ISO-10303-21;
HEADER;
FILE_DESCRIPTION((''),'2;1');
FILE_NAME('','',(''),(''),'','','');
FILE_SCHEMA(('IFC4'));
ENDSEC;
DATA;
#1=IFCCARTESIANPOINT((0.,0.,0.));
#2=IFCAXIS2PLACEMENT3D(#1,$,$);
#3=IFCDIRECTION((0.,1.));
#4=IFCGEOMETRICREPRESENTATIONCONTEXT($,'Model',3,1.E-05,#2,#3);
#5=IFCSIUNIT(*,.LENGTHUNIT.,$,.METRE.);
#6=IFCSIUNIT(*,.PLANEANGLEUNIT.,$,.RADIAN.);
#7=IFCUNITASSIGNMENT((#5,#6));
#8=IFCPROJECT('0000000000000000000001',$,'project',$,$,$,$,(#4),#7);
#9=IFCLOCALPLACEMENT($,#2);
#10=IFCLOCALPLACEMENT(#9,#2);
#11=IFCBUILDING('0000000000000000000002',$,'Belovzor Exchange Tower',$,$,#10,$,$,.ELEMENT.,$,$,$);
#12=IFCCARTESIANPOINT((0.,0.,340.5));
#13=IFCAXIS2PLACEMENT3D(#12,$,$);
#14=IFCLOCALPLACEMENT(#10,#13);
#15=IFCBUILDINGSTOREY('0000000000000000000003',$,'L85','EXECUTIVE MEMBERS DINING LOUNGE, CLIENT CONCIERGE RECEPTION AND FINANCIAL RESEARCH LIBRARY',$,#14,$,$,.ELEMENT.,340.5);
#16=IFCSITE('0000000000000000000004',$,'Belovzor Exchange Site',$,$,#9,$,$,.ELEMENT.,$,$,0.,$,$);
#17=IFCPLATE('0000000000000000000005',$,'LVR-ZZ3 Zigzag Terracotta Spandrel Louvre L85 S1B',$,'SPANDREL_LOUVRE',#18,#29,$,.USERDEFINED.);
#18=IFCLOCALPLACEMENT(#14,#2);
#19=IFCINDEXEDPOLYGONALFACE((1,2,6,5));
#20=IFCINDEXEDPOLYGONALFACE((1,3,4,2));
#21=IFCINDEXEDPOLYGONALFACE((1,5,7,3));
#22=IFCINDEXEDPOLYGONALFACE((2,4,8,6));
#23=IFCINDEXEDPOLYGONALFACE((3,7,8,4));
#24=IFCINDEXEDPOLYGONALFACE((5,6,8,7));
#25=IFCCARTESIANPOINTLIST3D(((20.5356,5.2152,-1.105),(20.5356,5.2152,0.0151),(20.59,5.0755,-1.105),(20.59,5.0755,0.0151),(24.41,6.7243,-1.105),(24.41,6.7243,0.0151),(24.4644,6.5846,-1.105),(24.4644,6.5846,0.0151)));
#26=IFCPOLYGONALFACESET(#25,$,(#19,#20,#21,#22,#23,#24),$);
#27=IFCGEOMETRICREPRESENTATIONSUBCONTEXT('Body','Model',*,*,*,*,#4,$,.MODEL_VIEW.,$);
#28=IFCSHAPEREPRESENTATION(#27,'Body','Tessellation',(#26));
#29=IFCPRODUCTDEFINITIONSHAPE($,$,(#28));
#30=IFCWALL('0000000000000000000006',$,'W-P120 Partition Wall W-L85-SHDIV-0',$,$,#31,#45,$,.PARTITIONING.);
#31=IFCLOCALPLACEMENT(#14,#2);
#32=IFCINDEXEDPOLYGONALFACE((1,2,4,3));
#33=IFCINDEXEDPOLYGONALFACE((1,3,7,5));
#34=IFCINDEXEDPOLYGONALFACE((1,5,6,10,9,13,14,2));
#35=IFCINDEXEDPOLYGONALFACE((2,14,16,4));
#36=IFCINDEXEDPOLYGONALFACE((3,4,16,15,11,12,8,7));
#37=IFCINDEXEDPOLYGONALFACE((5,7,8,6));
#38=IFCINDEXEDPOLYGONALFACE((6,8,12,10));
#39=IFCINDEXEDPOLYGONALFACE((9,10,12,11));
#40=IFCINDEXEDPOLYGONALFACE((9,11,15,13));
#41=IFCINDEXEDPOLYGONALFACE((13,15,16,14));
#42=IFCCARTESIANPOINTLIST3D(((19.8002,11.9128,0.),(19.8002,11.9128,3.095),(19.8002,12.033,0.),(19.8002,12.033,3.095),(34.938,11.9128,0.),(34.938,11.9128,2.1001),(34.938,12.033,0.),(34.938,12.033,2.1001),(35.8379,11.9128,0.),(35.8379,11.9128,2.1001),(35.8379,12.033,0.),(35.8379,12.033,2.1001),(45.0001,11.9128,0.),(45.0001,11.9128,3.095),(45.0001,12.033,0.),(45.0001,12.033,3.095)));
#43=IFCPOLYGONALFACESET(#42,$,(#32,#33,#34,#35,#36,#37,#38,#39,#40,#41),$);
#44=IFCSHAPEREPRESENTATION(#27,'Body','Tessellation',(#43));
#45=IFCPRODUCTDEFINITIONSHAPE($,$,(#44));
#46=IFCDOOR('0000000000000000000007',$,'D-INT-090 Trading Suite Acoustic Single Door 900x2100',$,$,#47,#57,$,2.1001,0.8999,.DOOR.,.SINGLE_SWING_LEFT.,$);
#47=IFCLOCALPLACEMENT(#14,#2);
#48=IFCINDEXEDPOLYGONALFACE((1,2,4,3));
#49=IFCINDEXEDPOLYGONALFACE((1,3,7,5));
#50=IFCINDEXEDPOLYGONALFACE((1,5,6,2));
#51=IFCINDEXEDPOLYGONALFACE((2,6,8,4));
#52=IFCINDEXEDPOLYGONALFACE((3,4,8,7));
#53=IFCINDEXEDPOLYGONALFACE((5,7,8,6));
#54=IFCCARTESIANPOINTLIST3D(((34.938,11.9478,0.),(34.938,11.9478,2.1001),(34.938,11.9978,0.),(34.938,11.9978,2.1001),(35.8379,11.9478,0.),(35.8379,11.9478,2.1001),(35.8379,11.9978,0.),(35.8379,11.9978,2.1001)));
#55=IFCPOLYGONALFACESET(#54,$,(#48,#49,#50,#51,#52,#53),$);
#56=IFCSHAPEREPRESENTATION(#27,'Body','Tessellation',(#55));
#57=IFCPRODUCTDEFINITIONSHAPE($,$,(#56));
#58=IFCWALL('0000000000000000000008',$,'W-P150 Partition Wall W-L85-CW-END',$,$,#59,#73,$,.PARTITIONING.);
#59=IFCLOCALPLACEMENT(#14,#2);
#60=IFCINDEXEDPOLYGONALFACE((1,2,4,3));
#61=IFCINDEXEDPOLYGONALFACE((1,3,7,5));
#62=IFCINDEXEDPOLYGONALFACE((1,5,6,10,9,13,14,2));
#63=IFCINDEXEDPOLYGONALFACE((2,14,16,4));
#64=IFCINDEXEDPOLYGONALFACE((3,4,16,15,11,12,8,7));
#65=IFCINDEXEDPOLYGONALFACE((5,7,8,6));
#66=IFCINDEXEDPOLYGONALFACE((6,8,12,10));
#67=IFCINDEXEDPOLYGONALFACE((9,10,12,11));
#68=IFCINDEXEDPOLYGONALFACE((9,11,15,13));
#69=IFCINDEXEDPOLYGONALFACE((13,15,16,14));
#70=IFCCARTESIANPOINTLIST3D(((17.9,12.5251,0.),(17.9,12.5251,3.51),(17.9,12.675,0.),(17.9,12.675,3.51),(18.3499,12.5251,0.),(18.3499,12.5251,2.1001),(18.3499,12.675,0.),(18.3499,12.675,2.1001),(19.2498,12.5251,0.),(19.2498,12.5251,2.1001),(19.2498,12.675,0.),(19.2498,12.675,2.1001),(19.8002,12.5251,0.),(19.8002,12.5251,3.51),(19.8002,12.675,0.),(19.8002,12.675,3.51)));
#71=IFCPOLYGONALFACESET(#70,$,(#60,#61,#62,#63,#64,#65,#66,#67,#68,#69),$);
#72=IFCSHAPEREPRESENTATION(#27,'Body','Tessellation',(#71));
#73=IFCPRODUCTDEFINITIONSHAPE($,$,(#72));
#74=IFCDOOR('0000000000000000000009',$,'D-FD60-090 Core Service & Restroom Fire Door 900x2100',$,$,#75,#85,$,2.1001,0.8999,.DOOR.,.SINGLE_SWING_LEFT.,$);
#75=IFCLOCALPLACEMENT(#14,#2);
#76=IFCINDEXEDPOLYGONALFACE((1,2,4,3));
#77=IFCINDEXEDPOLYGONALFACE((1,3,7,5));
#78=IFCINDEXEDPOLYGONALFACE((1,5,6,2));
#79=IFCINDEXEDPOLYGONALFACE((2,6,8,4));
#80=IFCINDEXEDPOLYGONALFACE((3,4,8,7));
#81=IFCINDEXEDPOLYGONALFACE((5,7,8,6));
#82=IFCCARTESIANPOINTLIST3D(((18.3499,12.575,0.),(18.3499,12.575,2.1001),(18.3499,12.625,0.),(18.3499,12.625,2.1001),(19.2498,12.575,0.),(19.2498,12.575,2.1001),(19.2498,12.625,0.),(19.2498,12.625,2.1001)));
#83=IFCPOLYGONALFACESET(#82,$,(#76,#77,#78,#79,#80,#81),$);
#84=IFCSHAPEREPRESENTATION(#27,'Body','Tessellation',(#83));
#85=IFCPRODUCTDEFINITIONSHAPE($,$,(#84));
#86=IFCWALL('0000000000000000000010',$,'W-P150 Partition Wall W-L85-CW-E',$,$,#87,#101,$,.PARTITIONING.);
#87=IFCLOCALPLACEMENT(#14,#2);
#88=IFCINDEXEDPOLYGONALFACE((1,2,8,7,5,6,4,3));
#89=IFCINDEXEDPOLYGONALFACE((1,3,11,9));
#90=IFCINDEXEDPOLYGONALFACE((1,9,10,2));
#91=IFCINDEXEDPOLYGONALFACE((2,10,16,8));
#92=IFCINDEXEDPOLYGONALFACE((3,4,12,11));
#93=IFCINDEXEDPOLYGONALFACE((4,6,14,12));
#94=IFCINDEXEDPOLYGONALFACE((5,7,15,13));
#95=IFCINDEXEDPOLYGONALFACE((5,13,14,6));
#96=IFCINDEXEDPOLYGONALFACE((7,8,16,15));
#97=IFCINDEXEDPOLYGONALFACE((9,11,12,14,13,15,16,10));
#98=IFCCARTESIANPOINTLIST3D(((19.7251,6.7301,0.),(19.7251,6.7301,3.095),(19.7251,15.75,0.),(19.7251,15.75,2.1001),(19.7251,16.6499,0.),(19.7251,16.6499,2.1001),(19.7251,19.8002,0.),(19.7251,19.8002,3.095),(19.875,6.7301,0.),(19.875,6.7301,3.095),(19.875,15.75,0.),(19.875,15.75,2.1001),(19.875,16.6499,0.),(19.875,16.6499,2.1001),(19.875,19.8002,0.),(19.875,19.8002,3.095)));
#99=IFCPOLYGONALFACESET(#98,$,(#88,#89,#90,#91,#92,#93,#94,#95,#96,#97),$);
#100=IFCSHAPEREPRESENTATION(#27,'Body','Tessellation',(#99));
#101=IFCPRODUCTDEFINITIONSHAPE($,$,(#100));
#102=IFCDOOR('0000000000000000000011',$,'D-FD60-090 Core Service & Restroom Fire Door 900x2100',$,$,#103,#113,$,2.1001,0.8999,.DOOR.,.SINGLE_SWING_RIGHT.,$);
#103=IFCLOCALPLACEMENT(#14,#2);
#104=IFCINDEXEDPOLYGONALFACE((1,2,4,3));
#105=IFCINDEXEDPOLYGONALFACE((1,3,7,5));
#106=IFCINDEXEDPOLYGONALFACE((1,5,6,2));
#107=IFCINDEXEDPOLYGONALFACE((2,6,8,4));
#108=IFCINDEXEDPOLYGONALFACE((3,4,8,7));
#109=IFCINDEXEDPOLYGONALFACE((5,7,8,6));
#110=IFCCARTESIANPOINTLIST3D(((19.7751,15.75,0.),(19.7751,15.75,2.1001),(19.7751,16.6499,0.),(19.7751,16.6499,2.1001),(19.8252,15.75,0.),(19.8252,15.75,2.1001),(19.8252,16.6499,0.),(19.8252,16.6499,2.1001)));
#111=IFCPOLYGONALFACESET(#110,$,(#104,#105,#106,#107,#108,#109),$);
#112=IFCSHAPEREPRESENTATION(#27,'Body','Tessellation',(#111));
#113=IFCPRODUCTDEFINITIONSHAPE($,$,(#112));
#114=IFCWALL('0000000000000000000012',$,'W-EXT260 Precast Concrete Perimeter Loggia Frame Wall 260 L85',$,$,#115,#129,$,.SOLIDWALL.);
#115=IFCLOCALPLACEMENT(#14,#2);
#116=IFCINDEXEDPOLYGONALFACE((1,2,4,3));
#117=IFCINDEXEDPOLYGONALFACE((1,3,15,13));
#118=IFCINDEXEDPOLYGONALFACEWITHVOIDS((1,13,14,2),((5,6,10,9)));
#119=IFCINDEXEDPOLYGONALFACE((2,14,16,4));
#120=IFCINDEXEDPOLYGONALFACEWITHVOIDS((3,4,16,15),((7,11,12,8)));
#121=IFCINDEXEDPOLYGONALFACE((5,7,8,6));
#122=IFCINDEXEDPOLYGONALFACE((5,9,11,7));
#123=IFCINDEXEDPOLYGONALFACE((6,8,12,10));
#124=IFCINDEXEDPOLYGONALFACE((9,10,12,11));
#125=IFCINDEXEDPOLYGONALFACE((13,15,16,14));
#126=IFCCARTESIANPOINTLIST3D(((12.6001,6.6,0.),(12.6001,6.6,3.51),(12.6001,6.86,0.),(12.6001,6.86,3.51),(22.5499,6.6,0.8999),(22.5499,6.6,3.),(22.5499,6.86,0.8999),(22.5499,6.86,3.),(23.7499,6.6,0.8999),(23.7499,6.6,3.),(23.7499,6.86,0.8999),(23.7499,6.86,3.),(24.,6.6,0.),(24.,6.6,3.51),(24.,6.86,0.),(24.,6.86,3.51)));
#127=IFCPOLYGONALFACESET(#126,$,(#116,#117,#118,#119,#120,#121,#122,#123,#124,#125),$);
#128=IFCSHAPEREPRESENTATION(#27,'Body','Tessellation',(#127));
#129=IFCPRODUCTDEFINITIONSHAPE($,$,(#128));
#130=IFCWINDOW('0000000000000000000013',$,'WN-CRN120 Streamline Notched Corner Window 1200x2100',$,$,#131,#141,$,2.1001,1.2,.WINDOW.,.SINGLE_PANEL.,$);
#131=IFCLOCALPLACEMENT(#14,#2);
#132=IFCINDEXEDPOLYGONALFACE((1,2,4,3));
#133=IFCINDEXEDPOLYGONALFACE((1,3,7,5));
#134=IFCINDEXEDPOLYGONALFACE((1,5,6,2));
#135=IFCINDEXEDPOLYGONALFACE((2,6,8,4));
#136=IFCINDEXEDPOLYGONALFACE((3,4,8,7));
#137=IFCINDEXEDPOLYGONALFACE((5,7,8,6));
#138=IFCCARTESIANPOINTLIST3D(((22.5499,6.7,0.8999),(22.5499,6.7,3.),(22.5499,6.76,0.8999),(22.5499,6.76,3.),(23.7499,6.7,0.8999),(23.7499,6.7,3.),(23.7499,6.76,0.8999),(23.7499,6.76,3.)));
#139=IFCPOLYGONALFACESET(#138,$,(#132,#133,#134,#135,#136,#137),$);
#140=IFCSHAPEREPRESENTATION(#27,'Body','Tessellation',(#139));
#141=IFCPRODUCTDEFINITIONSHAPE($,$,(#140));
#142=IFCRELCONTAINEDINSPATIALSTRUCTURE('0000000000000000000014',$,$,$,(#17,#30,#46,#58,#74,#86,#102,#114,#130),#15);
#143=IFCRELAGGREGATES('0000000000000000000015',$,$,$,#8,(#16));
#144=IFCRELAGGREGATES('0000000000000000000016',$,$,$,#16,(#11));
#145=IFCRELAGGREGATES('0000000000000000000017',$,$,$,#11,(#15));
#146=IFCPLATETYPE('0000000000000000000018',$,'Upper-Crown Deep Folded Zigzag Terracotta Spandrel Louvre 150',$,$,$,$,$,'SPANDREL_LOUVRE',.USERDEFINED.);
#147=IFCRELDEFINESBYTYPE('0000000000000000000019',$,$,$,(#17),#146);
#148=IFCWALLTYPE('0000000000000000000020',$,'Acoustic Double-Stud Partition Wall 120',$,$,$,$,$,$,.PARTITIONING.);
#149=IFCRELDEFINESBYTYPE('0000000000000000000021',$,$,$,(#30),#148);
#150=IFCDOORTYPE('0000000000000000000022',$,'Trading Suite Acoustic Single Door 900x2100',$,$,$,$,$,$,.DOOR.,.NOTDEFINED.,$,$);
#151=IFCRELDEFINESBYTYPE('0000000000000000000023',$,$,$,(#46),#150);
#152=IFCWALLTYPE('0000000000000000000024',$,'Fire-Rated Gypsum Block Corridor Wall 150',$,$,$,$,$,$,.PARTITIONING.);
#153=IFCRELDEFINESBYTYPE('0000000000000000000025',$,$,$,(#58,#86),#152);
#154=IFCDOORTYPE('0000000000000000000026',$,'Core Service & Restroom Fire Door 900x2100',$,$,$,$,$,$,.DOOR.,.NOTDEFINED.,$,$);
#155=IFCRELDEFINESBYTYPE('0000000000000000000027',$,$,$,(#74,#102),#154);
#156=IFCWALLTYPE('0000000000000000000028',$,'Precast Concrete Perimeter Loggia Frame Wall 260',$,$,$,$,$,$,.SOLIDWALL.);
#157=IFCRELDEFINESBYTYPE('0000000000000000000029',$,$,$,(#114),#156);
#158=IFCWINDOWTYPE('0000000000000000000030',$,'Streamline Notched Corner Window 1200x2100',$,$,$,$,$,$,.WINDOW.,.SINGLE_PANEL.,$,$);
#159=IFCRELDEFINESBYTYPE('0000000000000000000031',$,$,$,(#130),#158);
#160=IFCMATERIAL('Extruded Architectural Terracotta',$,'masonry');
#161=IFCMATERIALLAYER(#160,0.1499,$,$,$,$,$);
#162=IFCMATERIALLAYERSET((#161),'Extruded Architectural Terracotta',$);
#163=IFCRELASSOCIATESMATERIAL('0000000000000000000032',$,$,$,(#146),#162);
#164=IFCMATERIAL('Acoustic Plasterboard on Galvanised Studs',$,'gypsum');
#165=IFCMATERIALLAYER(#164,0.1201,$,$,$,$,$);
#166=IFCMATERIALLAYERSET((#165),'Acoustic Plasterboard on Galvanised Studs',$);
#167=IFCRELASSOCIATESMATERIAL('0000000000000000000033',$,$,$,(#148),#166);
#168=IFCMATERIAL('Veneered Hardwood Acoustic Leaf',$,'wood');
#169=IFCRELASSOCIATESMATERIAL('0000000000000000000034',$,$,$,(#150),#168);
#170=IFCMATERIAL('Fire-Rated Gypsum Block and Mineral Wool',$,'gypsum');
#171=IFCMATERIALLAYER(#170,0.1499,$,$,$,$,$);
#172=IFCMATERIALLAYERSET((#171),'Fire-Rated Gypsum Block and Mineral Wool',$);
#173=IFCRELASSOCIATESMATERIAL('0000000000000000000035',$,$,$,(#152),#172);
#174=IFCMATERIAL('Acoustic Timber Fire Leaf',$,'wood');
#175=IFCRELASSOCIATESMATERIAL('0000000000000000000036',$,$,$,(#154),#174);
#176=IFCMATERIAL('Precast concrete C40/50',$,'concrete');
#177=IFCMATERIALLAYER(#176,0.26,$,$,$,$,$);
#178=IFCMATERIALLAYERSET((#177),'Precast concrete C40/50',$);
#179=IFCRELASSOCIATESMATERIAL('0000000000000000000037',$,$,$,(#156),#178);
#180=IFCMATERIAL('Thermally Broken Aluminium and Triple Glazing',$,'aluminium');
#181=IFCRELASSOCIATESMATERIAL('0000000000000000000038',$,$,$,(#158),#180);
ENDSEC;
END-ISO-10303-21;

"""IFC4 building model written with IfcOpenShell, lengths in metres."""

from ifc_helpers import new_model, si_unit, direction, frame, frame_2d, origin, origin_2d, place, context, subcontext, project, spatial, rectangle, extrude, material, layer, layer_set, type_object, element, fill, save


model = new_model("IFC4")

# Units and contexts
model_context = context("Model", 3, precision=1e-05, world=origin(), true_north=direction((0.0, 1.0)))
body_context = subcontext(model_context, "Body", "Model", "MODEL_VIEW")
ifc_project = project(units=[si_unit("LENGTHUNIT", "METRE"), si_unit("PLANEANGLEUNIT", "RADIAN")], contexts=[model_context])

# Site, building, storey
site_placement = place(None, origin())
site = spatial("IfcSite", under=ifc_project, at=site_placement, Name="Belovzor Exchange Site", CompositionType="ELEMENT", RefElevation=0.0)
building_placement = place(site_placement, origin())
building = spatial("IfcBuilding", under=site, at=building_placement, Name="Belovzor Exchange Tower", CompositionType="ELEMENT")
storey_placement = place(building_placement, frame((0.0, 0.0, 340.5)))
storey = spatial("IfcBuildingStorey", under=building, at=storey_placement, Name="L85", Description="EXECUTIVE MEMBERS DINING LOUNGE, CLIENT CONCIERGE RECEPTION AND FINANCIAL RESEARCH LIBRARY", CompositionType="ELEMENT", Elevation=340.5)

# Plate
ifc_material_1 = material(Name="Extruded Architectural Terracotta", Category="masonry")
ifc_layer_1 = layer(ifc_material_1, 0.1499)
ifc_layer_set_1 = layer_set([ifc_layer_1], Name="Extruded Architectural Terracotta")
plate_type_1 = type_object("IfcPlateType", Name="Upper-Crown Deep Folded Zigzag Terracotta Spandrel Louvre 150", ElementType="SPANDREL_LOUVRE", PredefinedType="USERDEFINED", material=ifc_layer_set_1)
for number, where, z_axis, x_axis, name in (
    (1, (22.5, 5.8999, -1.105), (0.0, 0.0, 1.0), (0.931818, 0.362926, 0.0), "LVR-ZZ3 Zigzag Terracotta Spandrel Louvre L85 S1B"),
):
    element("IfcPlate", number, at=place(storey_placement, frame(where, z_axis=z_axis, x_axis=x_axis)), inside=storey, type_object=plate_type_1, Name=name, ObjectType="SPANDREL_LOUVRE", PredefinedType="USERDEFINED", context=body_context, shape_type="SweptSolid", body=[
        extrude(rectangle(XDim=4.158, YDim=0.1499, at=origin_2d()), origin(), (0.0, 0.0, 1.0), 1.1201),
    ])

# Walls, openings, doors
ifc_material_2 = material(Name="Acoustic Plasterboard on Galvanised Studs", Category="gypsum")
ifc_layer_2 = layer(ifc_material_2, 0.1201)
ifc_layer_set_2 = layer_set([ifc_layer_2], Name="Acoustic Plasterboard on Galvanised Studs")
wall_type_1 = type_object("IfcWallType", Name="Acoustic Double-Stud Partition Wall 120", PredefinedType="PARTITIONING", material=ifc_layer_set_2)
wall_1_placement = place(storey_placement, frame((19.8, 11.9729, 0.0), z_axis=(0.0, 0.0, 1.0), x_axis=(1.0, 0.0, 0.0)))
wall_1 = element("IfcWall", 2, at=wall_1_placement, inside=storey, type_object=wall_type_1, Name="W-P120 Partition Wall W-L85-SHDIV-0", PredefinedType="PARTITIONING", context=body_context, shape_type="SweptSolid", body=[
    extrude(rectangle(XDim=25.2, YDim=0.1201, at=frame_2d((12.6001, 0.0))), origin(), (0.0, 0.0, 1.0), 3.095),
])
opening_1_placement = place(wall_1_placement, frame((15.1379, 0.0, 0.0)))
opening_1 = element("IfcOpeningElement", 3, at=opening_1_placement, cuts=wall_1, PredefinedType="OPENING", context=body_context, shape_type="SweptSolid", body=[
    extrude(rectangle(XDim=0.8999, YDim=2.1001, at=frame_2d((0.45, 1.05))), frame((0.0, 0.0701, 0.0), z_axis=(0.0, -1.0, 0.0), x_axis=(1.0, 0.0, 0.0)), (0.0, 0.0, 1.0), 0.1401),
])
ifc_material_3 = material(Name="Veneered Hardwood Acoustic Leaf", Category="wood")
door_type_1 = type_object("IfcDoorType", Name="Trading Suite Acoustic Single Door 900x2100", OperationType="NOTDEFINED", PredefinedType="DOOR", material=ifc_material_3)
door_1_placement = place(opening_1_placement, origin())
door_1 = element("IfcDoor", 4, at=door_1_placement, inside=storey, type_object=door_type_1, Name="D-INT-090 Trading Suite Acoustic Single Door 900x2100", OperationType="SINGLE_SWING_LEFT", OverallHeight=2.1001, OverallWidth=0.8999, PredefinedType="DOOR", context=body_context, shape_type="SweptSolid", body=[
    extrude(rectangle(XDim=0.8999, YDim=2.1001, at=frame_2d((0.45, 1.05))), frame((0.0, 0.0249, 0.0), z_axis=(0.0, -1.0, 0.0), x_axis=(1.0, 0.0, 0.0)), (0.0, 0.0, 1.0), 0.05),
])
fill(opening_1, door_1)
ifc_material_4 = material(Name="Fire-Rated Gypsum Block and Mineral Wool", Category="gypsum")
ifc_layer_3 = layer(ifc_material_4, 0.1499)
ifc_layer_set_3 = layer_set([ifc_layer_3], Name="Fire-Rated Gypsum Block and Mineral Wool")
wall_type_2 = type_object("IfcWallType", Name="Fire-Rated Gypsum Block Corridor Wall 150", PredefinedType="PARTITIONING", material=ifc_layer_set_3)
wall_2_placement = place(storey_placement, frame((17.8999, 12.6001, 0.0), z_axis=(0.0, 0.0, 1.0), x_axis=(1.0, 0.0, 0.0)))
wall_2 = element("IfcWall", 5, at=wall_2_placement, inside=storey, type_object=wall_type_2, Name="W-P150 Partition Wall W-L85-CW-END", PredefinedType="PARTITIONING", context=body_context, shape_type="SweptSolid", body=[
    extrude(rectangle(XDim=1.9001, YDim=0.1499, at=frame_2d((0.9502, 0.0))), origin(), (0.0, 0.0, 1.0), 3.51),
])
opening_2_placement = place(wall_2_placement, frame((0.45, 0.0, 0.0)))
opening_2 = element("IfcOpeningElement", 6, at=opening_2_placement, cuts=wall_2, PredefinedType="OPENING", context=body_context, shape_type="SweptSolid", body=[
    extrude(rectangle(XDim=0.8999, YDim=2.1001, at=frame_2d((0.45, 1.05))), frame((0.0, 0.085, 0.0), z_axis=(0.0, -1.0, 0.0), x_axis=(1.0, 0.0, 0.0)), (0.0, 0.0, 1.0), 0.1699),
])
ifc_material_5 = material(Name="Acoustic Timber Fire Leaf", Category="wood")
door_type_2 = type_object("IfcDoorType", Name="Core Service & Restroom Fire Door 900x2100", OperationType="NOTDEFINED", PredefinedType="DOOR", material=ifc_material_5)
door_2_placement = place(opening_2_placement, origin())
door_2 = element("IfcDoor", 7, at=door_2_placement, inside=storey, type_object=door_type_2, Name="D-FD60-090 Core Service & Restroom Fire Door 900x2100", OperationType="SINGLE_SWING_LEFT", OverallHeight=2.1001, OverallWidth=0.8999, PredefinedType="DOOR", context=body_context, shape_type="SweptSolid", body=[
    extrude(rectangle(XDim=0.8999, YDim=2.1001, at=frame_2d((0.45, 1.05))), frame((0.0, 0.0249, 0.0), z_axis=(0.0, -1.0, 0.0), x_axis=(1.0, 0.0, 0.0)), (0.0, 0.0, 1.0), 0.05),
])
fill(opening_2, door_2)
wall_3_placement = place(storey_placement, frame((19.8, 6.73, 0.0), z_axis=(0.0, 0.0, 1.0), x_axis=(0.0, 1.0, 0.0)))
wall_3 = element("IfcWall", 8, at=wall_3_placement, inside=storey, type_object=wall_type_2, Name="W-P150 Partition Wall W-L85-CW-E", PredefinedType="PARTITIONING", context=body_context, shape_type="SweptSolid", body=[
    extrude(rectangle(XDim=13.0701, YDim=0.1499, at=frame_2d((6.5352, 0.0))), origin(), (0.0, 0.0, 1.0), 3.095),
])
opening_3_placement = place(wall_3_placement, frame((9.02, 0.0, 0.0)))
opening_3 = element("IfcOpeningElement", 9, at=opening_3_placement, cuts=wall_3, PredefinedType="OPENING", context=body_context, shape_type="SweptSolid", body=[
    extrude(rectangle(XDim=0.8999, YDim=2.1001, at=frame_2d((0.45, 1.05))), frame((0.0, 0.085, 0.0), z_axis=(0.0, -1.0, 0.0), x_axis=(1.0, 0.0, 0.0)), (0.0, 0.0, 1.0), 0.1699),
])
door_3_placement = place(opening_3_placement, origin())
door_3 = element("IfcDoor", 10, at=door_3_placement, inside=storey, type_object=door_type_2, Name="D-FD60-090 Core Service & Restroom Fire Door 900x2100", OperationType="SINGLE_SWING_RIGHT", OverallHeight=2.1001, OverallWidth=0.8999, PredefinedType="DOOR", context=body_context, shape_type="SweptSolid", body=[
    extrude(rectangle(XDim=0.8999, YDim=2.1001, at=frame_2d((0.45, 1.05))), frame((0.0, 0.0249, 0.0), z_axis=(0.0, -1.0, 0.0), x_axis=(1.0, 0.0, 0.0)), (0.0, 0.0, 1.0), 0.05),
])
fill(opening_3, door_3)

# Wall, opening, window
ifc_material_6 = material(Name="Precast concrete C40/50", Category="concrete")
ifc_layer_4 = layer(ifc_material_6, 0.26)
ifc_layer_set_4 = layer_set([ifc_layer_4], Name="Precast concrete C40/50")
wall_type_3 = type_object("IfcWallType", Name="Precast Concrete Perimeter Loggia Frame Wall 260", PredefinedType="SOLIDWALL", material=ifc_layer_set_4)
wall_4_placement = place(storey_placement, frame((24.0, 6.73, 0.0), z_axis=(0.0, 0.0, 1.0), x_axis=(-1.0, 0.0, 0.0)))
wall_4 = element("IfcWall", 11, at=wall_4_placement, inside=storey, type_object=wall_type_3, Name="W-EXT260 Precast Concrete Perimeter Loggia Frame Wall 260 L85", PredefinedType="SOLIDWALL", context=body_context, shape_type="SweptSolid", body=[
    extrude(rectangle(XDim=11.3999, YDim=0.26, at=frame_2d((5.7, 0.0))), origin(), (0.0, 0.0, 1.0), 3.51),
])
opening_4_placement = place(wall_4_placement, frame((0.25, 0.0, 0.8999)))
opening_4 = element("IfcOpeningElement", 12, at=opening_4_placement, cuts=wall_4, PredefinedType="OPENING", context=body_context, shape_type="SweptSolid", body=[
    extrude(rectangle(XDim=1.2, YDim=2.1001, at=frame_2d((0.6001, 1.05))), frame((0.0, 0.1399, 0.0), z_axis=(0.0, -1.0, 0.0), x_axis=(1.0, 0.0, 0.0)), (0.0, 0.0, 1.0), 0.28),
])
ifc_material_7 = material(Name="Thermally Broken Aluminium and Triple Glazing", Category="aluminium")
window_type = type_object("IfcWindowType", Name="Streamline Notched Corner Window 1200x2100", PartitioningType="SINGLE_PANEL", PredefinedType="WINDOW", material=ifc_material_7)
window_placement = place(opening_4_placement, origin())
window = element("IfcWindow", 13, at=window_placement, inside=storey, type_object=window_type, Name="WN-CRN120 Streamline Notched Corner Window 1200x2100", OverallHeight=2.1001, OverallWidth=1.2, PartitioningType="SINGLE_PANEL", PredefinedType="WINDOW", context=body_context, shape_type="SweptSolid", body=[
    extrude(rectangle(XDim=1.2, YDim=2.1001, at=frame_2d((0.6001, 1.05))), frame((0.0, 0.03, 0.0), z_axis=(0.0, -1.0, 0.0), x_axis=(1.0, 0.0, 0.0)), (0.0, 0.0, 1.0), 0.0601),
])
fill(opening_4, window)

save(model, "model.ifc")
